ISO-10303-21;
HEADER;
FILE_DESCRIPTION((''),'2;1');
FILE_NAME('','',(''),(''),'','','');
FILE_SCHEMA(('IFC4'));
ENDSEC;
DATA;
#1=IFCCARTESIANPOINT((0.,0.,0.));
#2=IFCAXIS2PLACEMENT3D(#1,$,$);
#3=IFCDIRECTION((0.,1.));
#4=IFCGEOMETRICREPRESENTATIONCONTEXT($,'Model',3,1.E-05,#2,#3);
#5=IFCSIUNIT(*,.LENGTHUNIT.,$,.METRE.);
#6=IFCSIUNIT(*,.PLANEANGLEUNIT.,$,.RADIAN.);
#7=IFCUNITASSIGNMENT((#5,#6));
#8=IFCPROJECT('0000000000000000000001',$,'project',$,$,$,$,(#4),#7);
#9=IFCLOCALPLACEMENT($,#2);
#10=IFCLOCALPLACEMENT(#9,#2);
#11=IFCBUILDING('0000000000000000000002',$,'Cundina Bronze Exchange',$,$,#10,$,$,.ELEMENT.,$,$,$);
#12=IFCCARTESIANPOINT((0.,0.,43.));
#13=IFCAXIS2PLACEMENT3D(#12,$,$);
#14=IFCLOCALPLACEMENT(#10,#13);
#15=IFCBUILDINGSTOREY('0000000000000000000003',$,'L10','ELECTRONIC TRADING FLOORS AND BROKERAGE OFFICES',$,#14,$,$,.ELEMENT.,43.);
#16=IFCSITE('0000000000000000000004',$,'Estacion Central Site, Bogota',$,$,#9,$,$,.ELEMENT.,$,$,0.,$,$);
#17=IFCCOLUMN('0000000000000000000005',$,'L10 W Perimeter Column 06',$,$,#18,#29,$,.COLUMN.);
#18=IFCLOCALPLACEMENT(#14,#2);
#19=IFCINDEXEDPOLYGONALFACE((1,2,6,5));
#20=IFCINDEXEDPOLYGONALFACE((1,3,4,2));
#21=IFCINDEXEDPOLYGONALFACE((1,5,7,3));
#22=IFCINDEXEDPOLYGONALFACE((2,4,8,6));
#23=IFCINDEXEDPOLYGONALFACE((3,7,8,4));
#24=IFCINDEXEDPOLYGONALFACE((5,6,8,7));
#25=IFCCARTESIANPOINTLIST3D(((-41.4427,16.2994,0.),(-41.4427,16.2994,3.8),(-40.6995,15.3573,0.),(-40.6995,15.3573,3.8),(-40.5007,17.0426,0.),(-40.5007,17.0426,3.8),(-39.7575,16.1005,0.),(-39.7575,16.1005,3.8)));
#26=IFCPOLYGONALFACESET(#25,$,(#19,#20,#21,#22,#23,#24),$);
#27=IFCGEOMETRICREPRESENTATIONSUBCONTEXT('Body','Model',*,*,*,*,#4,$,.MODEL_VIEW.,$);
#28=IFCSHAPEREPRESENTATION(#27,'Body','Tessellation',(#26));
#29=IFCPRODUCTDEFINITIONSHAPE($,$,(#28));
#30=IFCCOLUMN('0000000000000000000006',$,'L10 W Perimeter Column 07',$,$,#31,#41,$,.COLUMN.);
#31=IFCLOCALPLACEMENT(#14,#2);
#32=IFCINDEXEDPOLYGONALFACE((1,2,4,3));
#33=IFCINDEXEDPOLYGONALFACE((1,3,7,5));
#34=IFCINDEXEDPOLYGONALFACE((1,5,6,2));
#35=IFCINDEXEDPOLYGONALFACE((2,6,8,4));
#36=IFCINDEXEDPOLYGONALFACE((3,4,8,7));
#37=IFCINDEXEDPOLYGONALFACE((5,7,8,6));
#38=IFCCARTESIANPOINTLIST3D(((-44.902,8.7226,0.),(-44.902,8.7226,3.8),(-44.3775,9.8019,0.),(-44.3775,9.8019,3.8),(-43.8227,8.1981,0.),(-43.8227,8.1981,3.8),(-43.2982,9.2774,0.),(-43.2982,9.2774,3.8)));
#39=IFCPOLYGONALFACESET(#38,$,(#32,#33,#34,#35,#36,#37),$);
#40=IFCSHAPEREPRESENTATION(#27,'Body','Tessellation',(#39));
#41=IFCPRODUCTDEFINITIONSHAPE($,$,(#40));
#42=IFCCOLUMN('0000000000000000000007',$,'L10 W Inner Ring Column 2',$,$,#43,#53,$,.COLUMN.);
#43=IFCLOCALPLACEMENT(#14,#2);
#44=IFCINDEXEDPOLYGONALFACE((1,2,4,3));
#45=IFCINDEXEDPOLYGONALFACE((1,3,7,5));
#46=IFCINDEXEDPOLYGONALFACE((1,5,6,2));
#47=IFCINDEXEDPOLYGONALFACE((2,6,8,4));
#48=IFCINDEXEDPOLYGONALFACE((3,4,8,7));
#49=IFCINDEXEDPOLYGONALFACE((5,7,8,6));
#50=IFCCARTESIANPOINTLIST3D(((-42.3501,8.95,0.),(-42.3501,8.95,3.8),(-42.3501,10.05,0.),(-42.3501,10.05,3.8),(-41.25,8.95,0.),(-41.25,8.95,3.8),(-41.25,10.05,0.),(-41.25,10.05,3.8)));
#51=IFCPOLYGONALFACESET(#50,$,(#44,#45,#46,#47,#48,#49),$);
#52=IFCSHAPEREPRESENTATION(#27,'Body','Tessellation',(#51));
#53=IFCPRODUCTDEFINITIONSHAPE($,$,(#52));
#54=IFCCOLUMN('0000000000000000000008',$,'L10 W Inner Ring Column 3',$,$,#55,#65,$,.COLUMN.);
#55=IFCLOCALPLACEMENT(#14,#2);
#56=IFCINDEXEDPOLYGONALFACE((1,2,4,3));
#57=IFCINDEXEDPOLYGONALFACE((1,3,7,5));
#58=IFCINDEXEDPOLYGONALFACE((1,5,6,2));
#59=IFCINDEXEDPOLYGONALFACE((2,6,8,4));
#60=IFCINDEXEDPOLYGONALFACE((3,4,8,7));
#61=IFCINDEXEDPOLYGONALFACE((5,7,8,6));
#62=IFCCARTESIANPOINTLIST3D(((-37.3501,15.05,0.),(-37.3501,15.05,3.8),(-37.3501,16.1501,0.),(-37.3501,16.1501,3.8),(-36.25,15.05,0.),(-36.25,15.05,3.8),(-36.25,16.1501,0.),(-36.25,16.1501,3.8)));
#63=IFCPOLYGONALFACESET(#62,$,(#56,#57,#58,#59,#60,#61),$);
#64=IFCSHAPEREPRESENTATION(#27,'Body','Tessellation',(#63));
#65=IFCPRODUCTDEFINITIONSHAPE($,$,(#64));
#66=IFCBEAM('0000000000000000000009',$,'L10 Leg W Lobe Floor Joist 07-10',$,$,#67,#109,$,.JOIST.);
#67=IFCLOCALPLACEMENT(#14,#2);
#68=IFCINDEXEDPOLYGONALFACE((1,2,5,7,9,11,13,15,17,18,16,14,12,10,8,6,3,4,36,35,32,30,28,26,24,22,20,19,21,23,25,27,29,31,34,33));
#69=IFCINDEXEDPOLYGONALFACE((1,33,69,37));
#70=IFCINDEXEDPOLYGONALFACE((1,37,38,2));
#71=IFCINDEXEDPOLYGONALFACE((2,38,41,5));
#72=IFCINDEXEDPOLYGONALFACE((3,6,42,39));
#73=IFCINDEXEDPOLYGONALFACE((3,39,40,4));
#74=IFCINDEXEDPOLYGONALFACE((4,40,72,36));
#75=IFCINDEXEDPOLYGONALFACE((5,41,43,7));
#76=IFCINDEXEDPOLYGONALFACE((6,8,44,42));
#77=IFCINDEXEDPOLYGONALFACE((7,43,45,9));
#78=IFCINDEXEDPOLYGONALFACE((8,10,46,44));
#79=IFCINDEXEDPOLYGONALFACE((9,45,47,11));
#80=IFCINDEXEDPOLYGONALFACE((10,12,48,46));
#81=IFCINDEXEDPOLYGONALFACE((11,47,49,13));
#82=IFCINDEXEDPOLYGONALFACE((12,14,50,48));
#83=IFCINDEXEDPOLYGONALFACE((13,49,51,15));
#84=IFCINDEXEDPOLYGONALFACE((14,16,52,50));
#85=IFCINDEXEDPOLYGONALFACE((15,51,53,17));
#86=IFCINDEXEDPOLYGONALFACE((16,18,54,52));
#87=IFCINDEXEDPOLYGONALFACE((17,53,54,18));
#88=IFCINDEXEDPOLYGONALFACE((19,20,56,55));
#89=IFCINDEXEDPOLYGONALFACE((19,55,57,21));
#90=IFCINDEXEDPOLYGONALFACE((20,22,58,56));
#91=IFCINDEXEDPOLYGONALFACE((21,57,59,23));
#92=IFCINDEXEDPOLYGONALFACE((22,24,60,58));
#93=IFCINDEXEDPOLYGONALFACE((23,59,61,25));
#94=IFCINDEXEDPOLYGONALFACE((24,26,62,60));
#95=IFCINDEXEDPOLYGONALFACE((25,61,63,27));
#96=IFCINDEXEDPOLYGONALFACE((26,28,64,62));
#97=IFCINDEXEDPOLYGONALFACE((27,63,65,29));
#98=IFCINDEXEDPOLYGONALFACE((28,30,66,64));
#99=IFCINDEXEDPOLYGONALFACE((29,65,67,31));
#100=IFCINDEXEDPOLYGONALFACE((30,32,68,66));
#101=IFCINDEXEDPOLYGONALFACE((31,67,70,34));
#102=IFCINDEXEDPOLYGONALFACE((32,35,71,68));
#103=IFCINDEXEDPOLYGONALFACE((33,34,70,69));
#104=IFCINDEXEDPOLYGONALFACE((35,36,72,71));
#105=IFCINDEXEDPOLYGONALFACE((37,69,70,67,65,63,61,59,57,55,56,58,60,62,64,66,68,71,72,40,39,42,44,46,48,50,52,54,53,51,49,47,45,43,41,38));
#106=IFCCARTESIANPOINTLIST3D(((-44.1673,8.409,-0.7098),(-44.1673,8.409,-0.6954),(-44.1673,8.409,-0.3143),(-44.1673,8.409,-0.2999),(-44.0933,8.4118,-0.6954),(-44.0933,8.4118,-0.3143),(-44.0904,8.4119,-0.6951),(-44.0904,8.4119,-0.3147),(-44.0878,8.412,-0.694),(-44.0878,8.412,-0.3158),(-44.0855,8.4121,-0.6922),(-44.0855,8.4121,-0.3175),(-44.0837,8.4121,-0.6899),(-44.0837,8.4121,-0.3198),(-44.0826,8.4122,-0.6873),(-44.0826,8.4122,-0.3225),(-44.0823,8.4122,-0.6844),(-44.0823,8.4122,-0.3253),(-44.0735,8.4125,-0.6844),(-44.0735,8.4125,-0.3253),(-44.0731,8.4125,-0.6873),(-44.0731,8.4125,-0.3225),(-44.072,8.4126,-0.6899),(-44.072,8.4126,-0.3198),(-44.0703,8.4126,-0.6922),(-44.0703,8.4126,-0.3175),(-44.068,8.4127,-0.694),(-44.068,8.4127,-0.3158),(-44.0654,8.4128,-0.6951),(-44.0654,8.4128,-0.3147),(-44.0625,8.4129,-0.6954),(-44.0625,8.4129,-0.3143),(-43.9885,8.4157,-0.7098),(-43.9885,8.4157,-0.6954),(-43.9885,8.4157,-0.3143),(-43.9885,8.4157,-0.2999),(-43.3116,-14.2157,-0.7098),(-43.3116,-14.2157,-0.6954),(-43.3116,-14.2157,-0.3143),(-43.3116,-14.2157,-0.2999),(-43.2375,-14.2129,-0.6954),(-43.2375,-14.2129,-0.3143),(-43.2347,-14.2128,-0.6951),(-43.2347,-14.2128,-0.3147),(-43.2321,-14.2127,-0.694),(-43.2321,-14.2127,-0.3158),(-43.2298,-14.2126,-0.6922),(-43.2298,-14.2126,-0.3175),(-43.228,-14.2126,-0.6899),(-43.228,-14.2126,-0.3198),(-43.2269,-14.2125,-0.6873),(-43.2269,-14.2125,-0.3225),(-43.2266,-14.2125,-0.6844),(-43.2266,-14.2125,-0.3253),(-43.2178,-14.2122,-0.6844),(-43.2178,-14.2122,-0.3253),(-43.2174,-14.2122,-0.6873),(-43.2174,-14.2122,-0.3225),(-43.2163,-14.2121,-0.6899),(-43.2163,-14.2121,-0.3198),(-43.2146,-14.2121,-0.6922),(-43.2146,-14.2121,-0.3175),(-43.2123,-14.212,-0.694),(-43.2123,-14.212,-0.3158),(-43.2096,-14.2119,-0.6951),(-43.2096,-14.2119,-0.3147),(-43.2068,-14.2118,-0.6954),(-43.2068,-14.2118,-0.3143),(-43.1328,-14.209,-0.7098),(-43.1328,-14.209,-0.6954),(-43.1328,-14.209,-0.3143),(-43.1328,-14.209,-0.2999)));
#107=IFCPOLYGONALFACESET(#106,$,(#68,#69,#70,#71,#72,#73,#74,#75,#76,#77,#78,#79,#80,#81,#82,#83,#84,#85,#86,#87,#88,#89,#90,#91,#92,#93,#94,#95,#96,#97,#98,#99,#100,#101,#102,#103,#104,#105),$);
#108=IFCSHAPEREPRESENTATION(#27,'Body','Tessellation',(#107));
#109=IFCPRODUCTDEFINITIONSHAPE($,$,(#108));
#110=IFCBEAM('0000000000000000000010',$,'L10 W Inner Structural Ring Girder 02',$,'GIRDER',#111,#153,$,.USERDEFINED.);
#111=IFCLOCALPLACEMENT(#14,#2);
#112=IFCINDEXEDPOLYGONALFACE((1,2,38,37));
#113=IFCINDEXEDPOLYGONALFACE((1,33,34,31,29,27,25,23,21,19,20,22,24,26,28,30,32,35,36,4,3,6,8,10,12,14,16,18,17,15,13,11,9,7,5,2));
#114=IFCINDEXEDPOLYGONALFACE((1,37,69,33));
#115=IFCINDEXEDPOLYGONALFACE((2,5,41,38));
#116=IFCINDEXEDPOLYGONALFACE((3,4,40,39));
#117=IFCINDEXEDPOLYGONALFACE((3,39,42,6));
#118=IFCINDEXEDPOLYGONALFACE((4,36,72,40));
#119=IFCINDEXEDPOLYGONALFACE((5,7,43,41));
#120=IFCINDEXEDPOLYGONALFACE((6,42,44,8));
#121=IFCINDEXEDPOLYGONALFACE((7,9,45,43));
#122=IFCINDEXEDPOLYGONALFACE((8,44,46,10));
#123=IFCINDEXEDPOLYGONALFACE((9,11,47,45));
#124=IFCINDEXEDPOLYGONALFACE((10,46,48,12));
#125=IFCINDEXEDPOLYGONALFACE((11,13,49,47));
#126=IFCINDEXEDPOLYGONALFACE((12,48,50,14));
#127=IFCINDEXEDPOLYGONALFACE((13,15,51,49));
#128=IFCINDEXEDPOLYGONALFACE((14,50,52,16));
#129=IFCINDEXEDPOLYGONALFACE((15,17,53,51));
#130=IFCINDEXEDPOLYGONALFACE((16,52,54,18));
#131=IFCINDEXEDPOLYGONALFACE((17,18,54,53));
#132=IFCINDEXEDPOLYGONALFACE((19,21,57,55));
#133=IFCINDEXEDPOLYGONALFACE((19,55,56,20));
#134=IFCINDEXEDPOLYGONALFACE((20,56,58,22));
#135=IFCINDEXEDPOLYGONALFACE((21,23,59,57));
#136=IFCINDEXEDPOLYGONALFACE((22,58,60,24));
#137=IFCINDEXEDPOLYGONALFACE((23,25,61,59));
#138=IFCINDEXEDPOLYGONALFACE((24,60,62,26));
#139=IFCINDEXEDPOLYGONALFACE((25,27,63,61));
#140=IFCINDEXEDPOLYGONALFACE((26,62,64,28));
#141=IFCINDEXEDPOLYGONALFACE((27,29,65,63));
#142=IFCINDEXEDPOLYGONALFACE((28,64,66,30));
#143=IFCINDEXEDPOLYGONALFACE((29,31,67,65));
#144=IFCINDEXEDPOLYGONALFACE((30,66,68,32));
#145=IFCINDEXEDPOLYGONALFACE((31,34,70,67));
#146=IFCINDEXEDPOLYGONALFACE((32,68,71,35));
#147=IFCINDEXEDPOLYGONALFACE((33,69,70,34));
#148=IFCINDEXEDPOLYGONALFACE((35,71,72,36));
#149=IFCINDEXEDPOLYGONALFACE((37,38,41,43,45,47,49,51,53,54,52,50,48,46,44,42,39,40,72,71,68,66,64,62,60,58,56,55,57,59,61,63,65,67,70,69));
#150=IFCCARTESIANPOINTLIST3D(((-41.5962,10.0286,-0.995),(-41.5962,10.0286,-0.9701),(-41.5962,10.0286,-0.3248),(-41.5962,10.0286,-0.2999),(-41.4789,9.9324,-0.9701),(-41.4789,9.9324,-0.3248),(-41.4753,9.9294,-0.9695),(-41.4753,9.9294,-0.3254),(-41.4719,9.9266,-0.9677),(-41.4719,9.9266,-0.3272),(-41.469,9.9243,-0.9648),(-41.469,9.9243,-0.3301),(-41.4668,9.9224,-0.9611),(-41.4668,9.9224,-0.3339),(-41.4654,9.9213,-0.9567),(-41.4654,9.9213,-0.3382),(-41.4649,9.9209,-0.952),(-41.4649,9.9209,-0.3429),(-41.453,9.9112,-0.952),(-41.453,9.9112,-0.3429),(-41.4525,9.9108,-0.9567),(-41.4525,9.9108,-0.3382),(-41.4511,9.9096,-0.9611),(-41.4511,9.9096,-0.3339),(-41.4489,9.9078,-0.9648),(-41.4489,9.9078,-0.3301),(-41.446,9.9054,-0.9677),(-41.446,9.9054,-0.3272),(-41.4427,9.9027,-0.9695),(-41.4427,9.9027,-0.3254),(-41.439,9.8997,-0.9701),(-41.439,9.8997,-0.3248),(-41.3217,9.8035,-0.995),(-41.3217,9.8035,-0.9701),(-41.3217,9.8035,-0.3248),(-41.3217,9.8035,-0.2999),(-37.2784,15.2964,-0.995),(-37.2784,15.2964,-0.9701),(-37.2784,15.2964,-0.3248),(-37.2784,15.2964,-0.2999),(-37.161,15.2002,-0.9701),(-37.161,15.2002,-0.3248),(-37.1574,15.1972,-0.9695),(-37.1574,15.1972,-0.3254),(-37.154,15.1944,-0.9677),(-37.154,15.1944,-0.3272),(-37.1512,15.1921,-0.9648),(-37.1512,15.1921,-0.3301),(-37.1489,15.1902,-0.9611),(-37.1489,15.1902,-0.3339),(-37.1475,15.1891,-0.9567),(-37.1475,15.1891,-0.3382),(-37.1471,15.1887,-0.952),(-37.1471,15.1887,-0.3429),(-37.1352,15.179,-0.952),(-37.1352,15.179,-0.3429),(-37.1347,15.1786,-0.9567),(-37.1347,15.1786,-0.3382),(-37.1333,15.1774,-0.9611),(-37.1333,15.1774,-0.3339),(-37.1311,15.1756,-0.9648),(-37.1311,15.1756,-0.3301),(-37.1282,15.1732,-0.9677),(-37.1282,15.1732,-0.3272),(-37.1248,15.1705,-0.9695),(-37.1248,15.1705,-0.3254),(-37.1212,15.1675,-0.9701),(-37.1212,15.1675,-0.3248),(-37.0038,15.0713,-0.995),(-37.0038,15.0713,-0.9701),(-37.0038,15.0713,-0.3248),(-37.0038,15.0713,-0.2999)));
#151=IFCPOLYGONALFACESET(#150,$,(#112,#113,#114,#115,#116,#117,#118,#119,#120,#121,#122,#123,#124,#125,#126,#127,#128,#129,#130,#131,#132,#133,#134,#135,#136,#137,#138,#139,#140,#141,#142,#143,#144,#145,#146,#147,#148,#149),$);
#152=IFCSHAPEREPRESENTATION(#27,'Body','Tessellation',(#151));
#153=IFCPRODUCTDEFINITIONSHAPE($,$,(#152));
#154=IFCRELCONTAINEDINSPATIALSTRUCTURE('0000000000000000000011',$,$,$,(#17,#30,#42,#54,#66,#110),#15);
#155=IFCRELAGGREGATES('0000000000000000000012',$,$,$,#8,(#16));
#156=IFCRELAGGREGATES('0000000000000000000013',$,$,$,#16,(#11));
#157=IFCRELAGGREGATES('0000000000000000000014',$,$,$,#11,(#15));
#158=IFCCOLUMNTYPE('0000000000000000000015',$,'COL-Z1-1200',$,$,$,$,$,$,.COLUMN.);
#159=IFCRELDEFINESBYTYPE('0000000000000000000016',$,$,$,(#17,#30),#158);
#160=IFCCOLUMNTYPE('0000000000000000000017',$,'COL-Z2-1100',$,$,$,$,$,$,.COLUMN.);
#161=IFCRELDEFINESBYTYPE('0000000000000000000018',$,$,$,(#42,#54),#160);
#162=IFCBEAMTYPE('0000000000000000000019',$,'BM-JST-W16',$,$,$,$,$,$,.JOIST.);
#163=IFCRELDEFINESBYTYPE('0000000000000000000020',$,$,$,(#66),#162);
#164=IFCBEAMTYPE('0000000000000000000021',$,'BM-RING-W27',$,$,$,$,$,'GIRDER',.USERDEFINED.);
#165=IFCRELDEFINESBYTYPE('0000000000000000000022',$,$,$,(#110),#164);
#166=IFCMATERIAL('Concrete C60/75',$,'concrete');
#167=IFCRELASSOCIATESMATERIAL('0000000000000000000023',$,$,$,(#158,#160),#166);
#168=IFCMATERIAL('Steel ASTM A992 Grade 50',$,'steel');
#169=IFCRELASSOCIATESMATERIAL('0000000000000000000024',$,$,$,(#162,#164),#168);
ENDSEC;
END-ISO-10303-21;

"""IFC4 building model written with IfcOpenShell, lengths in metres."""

from ifc_helpers import new_model, si_unit, direction, frame, origin, origin_2d, place, context, subcontext, project, spatial, rectangle, i_section, extrude, material, material_profile, profile_set, type_object, element, save


model = new_model("IFC4")

# Units and contexts
model_context = context("Model", 3, precision=1e-05, world=origin(), true_north=direction((0.0, 1.0)))
body_context = subcontext(model_context, "Body", "Model", "MODEL_VIEW")
ifc_project = project(units=[si_unit("LENGTHUNIT", "METRE"), si_unit("PLANEANGLEUNIT", "RADIAN")], contexts=[model_context])

# Site, building, storey
site_placement = place(None, origin())
site = spatial("IfcSite", under=ifc_project, at=site_placement, Name="Estacion Central Site, Bogota", CompositionType="ELEMENT", RefElevation=0.0)
building_placement = place(site_placement, origin())
building = spatial("IfcBuilding", under=site, at=building_placement, Name="Cundina Bronze Exchange", CompositionType="ELEMENT")
storey_placement = place(building_placement, frame((0.0, 0.0, 43.0)))
storey = spatial("IfcBuildingStorey", under=building, at=storey_placement, Name="L10", Description="ELECTRONIC TRADING FLOORS AND BROKERAGE OFFICES", CompositionType="ELEMENT", Elevation=43.0)

# Columns
ifc_material_1 = material(Name="Concrete C60/75", Category="concrete")
ifc_material_profile_1 = material_profile(ifc_material_1, rectangle(XDim=1.2, YDim=1.2, at=origin_2d()), Name="RC1200X1200", Category="concrete")
ifc_profile_set_1 = profile_set([ifc_material_profile_1], Name="Concrete C60/75")
column_type_1 = type_object("IfcColumnType", Name="COL-Z1-1200", PredefinedType="COLUMN", material=ifc_profile_set_1)
for number, where, z_axis, x_axis, name in (
    (1, (-40.6001, 16.2, 0.0), (0.0, 0.0, 1.0), (-0.785101, -0.619368, 0.0), "L10 W Perimeter Column 06"),
    (2, (-44.1001, 9.0, 0.0), (0.0, 0.0, 1.0), (-0.437116, -0.899405, 0.0), "L10 W Perimeter Column 07"),
):
    element("IfcColumn", number, at=place(storey_placement, frame(where, z_axis=z_axis, x_axis=x_axis)), inside=storey, type_object=column_type_1, Name=name, PredefinedType="COLUMN", context=body_context, shape_type="SweptSolid", body=[
        extrude(rectangle(XDim=1.2, YDim=1.2, at=origin_2d()), origin(), (0.0, 0.0, 1.0), 3.8),
    ])
ifc_material_profile_2 = material_profile(ifc_material_1, rectangle(XDim=1.1001, YDim=1.1001, at=origin_2d()), Name="RC1100X1100", Category="concrete")
ifc_profile_set_2 = profile_set([ifc_material_profile_2], Name="Concrete C60/75")
column_type_2 = type_object("IfcColumnType", Name="COL-Z2-1100", PredefinedType="COLUMN", material=ifc_profile_set_2)
for number, where, z_axis, x_axis, name in (
    (3, (-41.8, 9.5, 0.0), (0.0, 0.0, 1.0), (1.0, 0.0, 0.0), "L10 W Inner Ring Column 2"),
    (4, (-36.8, 15.6001, 0.0), (0.0, 0.0, 1.0), (1.0, 0.0, 0.0), "L10 W Inner Ring Column 3"),
):
    element("IfcColumn", number, at=place(storey_placement, frame(where, z_axis=z_axis, x_axis=x_axis)), inside=storey, type_object=column_type_2, Name=name, PredefinedType="COLUMN", context=body_context, shape_type="SweptSolid", body=[
        extrude(rectangle(XDim=1.1001, YDim=1.1001, at=origin_2d()), origin(), (0.0, 0.0, 1.0), 3.8),
    ])

# Beams
ifc_material_2 = material(Name="Steel ASTM A992 Grade 50", Category="steel")
ifc_material_profile_3 = material_profile(ifc_material_2, i_section(OverallWidth=0.179, OverallDepth=0.4099, WebThickness=0.0088, FlangeThickness=0.0144, FilletRadius=0.011, at=origin_2d()), Name="W16X45", Category="steel")
ifc_profile_set_3 = profile_set([ifc_material_profile_3], Name="Steel ASTM A992 Grade 50")
beam_type_1 = type_object("IfcBeamType", Name="BM-JST-W16", PredefinedType="JOIST", material=ifc_profile_set_3)
beam_1_placement = place(storey_placement, frame((-44.0779, 8.4124, -0.5049), z_axis=(0.037795, -0.999286, 0.0), x_axis=(0.999286, 0.037795, 0.0)))
element("IfcBeam", 5, at=beam_1_placement, inside=storey, type_object=beam_type_1, Name="L10 Leg W Lobe Floor Joist 07-10", PredefinedType="JOIST", context=body_context, shape_type="SweptSolid", body=[
    extrude(i_section(OverallWidth=0.179, OverallDepth=0.4099, WebThickness=0.0088, FlangeThickness=0.0144, FilletRadius=0.011, at=origin_2d()), origin(), (0.0, 0.0, 1.0), 22.6409),
])
ifc_material_profile_4 = material_profile(ifc_material_2, i_section(OverallWidth=0.355, OverallDepth=0.6951, WebThickness=0.0154, FlangeThickness=0.0249, FilletRadius=0.0181, at=origin_2d()), Name="W27X146", Category="steel")
ifc_profile_set_4 = profile_set([ifc_material_profile_4], Name="Steel ASTM A992 Grade 50")
beam_type_2 = type_object("IfcBeamType", Name="BM-RING-W27", ElementType="GIRDER", PredefinedType="USERDEFINED", material=ifc_profile_set_4)
beam_2_placement = place(storey_placement, frame((-37.1411, 15.1838, -0.6475), z_axis=(-0.633927, -0.773393, 0.0), x_axis=(0.773393, -0.633927, 0.0)))
element("IfcBeam", 6, at=beam_2_placement, inside=storey, type_object=beam_type_2, Name="L10 W Inner Structural Ring Girder 02", ObjectType="GIRDER", PredefinedType="USERDEFINED", context=body_context, shape_type="SweptSolid", body=[
    extrude(i_section(OverallWidth=0.355, OverallDepth=0.6951, WebThickness=0.0154, FlangeThickness=0.0249, FilletRadius=0.0181, at=origin_2d()), origin(), (0.0, 0.0, 1.0), 6.8113),
])

save(model, "model.ifc")
